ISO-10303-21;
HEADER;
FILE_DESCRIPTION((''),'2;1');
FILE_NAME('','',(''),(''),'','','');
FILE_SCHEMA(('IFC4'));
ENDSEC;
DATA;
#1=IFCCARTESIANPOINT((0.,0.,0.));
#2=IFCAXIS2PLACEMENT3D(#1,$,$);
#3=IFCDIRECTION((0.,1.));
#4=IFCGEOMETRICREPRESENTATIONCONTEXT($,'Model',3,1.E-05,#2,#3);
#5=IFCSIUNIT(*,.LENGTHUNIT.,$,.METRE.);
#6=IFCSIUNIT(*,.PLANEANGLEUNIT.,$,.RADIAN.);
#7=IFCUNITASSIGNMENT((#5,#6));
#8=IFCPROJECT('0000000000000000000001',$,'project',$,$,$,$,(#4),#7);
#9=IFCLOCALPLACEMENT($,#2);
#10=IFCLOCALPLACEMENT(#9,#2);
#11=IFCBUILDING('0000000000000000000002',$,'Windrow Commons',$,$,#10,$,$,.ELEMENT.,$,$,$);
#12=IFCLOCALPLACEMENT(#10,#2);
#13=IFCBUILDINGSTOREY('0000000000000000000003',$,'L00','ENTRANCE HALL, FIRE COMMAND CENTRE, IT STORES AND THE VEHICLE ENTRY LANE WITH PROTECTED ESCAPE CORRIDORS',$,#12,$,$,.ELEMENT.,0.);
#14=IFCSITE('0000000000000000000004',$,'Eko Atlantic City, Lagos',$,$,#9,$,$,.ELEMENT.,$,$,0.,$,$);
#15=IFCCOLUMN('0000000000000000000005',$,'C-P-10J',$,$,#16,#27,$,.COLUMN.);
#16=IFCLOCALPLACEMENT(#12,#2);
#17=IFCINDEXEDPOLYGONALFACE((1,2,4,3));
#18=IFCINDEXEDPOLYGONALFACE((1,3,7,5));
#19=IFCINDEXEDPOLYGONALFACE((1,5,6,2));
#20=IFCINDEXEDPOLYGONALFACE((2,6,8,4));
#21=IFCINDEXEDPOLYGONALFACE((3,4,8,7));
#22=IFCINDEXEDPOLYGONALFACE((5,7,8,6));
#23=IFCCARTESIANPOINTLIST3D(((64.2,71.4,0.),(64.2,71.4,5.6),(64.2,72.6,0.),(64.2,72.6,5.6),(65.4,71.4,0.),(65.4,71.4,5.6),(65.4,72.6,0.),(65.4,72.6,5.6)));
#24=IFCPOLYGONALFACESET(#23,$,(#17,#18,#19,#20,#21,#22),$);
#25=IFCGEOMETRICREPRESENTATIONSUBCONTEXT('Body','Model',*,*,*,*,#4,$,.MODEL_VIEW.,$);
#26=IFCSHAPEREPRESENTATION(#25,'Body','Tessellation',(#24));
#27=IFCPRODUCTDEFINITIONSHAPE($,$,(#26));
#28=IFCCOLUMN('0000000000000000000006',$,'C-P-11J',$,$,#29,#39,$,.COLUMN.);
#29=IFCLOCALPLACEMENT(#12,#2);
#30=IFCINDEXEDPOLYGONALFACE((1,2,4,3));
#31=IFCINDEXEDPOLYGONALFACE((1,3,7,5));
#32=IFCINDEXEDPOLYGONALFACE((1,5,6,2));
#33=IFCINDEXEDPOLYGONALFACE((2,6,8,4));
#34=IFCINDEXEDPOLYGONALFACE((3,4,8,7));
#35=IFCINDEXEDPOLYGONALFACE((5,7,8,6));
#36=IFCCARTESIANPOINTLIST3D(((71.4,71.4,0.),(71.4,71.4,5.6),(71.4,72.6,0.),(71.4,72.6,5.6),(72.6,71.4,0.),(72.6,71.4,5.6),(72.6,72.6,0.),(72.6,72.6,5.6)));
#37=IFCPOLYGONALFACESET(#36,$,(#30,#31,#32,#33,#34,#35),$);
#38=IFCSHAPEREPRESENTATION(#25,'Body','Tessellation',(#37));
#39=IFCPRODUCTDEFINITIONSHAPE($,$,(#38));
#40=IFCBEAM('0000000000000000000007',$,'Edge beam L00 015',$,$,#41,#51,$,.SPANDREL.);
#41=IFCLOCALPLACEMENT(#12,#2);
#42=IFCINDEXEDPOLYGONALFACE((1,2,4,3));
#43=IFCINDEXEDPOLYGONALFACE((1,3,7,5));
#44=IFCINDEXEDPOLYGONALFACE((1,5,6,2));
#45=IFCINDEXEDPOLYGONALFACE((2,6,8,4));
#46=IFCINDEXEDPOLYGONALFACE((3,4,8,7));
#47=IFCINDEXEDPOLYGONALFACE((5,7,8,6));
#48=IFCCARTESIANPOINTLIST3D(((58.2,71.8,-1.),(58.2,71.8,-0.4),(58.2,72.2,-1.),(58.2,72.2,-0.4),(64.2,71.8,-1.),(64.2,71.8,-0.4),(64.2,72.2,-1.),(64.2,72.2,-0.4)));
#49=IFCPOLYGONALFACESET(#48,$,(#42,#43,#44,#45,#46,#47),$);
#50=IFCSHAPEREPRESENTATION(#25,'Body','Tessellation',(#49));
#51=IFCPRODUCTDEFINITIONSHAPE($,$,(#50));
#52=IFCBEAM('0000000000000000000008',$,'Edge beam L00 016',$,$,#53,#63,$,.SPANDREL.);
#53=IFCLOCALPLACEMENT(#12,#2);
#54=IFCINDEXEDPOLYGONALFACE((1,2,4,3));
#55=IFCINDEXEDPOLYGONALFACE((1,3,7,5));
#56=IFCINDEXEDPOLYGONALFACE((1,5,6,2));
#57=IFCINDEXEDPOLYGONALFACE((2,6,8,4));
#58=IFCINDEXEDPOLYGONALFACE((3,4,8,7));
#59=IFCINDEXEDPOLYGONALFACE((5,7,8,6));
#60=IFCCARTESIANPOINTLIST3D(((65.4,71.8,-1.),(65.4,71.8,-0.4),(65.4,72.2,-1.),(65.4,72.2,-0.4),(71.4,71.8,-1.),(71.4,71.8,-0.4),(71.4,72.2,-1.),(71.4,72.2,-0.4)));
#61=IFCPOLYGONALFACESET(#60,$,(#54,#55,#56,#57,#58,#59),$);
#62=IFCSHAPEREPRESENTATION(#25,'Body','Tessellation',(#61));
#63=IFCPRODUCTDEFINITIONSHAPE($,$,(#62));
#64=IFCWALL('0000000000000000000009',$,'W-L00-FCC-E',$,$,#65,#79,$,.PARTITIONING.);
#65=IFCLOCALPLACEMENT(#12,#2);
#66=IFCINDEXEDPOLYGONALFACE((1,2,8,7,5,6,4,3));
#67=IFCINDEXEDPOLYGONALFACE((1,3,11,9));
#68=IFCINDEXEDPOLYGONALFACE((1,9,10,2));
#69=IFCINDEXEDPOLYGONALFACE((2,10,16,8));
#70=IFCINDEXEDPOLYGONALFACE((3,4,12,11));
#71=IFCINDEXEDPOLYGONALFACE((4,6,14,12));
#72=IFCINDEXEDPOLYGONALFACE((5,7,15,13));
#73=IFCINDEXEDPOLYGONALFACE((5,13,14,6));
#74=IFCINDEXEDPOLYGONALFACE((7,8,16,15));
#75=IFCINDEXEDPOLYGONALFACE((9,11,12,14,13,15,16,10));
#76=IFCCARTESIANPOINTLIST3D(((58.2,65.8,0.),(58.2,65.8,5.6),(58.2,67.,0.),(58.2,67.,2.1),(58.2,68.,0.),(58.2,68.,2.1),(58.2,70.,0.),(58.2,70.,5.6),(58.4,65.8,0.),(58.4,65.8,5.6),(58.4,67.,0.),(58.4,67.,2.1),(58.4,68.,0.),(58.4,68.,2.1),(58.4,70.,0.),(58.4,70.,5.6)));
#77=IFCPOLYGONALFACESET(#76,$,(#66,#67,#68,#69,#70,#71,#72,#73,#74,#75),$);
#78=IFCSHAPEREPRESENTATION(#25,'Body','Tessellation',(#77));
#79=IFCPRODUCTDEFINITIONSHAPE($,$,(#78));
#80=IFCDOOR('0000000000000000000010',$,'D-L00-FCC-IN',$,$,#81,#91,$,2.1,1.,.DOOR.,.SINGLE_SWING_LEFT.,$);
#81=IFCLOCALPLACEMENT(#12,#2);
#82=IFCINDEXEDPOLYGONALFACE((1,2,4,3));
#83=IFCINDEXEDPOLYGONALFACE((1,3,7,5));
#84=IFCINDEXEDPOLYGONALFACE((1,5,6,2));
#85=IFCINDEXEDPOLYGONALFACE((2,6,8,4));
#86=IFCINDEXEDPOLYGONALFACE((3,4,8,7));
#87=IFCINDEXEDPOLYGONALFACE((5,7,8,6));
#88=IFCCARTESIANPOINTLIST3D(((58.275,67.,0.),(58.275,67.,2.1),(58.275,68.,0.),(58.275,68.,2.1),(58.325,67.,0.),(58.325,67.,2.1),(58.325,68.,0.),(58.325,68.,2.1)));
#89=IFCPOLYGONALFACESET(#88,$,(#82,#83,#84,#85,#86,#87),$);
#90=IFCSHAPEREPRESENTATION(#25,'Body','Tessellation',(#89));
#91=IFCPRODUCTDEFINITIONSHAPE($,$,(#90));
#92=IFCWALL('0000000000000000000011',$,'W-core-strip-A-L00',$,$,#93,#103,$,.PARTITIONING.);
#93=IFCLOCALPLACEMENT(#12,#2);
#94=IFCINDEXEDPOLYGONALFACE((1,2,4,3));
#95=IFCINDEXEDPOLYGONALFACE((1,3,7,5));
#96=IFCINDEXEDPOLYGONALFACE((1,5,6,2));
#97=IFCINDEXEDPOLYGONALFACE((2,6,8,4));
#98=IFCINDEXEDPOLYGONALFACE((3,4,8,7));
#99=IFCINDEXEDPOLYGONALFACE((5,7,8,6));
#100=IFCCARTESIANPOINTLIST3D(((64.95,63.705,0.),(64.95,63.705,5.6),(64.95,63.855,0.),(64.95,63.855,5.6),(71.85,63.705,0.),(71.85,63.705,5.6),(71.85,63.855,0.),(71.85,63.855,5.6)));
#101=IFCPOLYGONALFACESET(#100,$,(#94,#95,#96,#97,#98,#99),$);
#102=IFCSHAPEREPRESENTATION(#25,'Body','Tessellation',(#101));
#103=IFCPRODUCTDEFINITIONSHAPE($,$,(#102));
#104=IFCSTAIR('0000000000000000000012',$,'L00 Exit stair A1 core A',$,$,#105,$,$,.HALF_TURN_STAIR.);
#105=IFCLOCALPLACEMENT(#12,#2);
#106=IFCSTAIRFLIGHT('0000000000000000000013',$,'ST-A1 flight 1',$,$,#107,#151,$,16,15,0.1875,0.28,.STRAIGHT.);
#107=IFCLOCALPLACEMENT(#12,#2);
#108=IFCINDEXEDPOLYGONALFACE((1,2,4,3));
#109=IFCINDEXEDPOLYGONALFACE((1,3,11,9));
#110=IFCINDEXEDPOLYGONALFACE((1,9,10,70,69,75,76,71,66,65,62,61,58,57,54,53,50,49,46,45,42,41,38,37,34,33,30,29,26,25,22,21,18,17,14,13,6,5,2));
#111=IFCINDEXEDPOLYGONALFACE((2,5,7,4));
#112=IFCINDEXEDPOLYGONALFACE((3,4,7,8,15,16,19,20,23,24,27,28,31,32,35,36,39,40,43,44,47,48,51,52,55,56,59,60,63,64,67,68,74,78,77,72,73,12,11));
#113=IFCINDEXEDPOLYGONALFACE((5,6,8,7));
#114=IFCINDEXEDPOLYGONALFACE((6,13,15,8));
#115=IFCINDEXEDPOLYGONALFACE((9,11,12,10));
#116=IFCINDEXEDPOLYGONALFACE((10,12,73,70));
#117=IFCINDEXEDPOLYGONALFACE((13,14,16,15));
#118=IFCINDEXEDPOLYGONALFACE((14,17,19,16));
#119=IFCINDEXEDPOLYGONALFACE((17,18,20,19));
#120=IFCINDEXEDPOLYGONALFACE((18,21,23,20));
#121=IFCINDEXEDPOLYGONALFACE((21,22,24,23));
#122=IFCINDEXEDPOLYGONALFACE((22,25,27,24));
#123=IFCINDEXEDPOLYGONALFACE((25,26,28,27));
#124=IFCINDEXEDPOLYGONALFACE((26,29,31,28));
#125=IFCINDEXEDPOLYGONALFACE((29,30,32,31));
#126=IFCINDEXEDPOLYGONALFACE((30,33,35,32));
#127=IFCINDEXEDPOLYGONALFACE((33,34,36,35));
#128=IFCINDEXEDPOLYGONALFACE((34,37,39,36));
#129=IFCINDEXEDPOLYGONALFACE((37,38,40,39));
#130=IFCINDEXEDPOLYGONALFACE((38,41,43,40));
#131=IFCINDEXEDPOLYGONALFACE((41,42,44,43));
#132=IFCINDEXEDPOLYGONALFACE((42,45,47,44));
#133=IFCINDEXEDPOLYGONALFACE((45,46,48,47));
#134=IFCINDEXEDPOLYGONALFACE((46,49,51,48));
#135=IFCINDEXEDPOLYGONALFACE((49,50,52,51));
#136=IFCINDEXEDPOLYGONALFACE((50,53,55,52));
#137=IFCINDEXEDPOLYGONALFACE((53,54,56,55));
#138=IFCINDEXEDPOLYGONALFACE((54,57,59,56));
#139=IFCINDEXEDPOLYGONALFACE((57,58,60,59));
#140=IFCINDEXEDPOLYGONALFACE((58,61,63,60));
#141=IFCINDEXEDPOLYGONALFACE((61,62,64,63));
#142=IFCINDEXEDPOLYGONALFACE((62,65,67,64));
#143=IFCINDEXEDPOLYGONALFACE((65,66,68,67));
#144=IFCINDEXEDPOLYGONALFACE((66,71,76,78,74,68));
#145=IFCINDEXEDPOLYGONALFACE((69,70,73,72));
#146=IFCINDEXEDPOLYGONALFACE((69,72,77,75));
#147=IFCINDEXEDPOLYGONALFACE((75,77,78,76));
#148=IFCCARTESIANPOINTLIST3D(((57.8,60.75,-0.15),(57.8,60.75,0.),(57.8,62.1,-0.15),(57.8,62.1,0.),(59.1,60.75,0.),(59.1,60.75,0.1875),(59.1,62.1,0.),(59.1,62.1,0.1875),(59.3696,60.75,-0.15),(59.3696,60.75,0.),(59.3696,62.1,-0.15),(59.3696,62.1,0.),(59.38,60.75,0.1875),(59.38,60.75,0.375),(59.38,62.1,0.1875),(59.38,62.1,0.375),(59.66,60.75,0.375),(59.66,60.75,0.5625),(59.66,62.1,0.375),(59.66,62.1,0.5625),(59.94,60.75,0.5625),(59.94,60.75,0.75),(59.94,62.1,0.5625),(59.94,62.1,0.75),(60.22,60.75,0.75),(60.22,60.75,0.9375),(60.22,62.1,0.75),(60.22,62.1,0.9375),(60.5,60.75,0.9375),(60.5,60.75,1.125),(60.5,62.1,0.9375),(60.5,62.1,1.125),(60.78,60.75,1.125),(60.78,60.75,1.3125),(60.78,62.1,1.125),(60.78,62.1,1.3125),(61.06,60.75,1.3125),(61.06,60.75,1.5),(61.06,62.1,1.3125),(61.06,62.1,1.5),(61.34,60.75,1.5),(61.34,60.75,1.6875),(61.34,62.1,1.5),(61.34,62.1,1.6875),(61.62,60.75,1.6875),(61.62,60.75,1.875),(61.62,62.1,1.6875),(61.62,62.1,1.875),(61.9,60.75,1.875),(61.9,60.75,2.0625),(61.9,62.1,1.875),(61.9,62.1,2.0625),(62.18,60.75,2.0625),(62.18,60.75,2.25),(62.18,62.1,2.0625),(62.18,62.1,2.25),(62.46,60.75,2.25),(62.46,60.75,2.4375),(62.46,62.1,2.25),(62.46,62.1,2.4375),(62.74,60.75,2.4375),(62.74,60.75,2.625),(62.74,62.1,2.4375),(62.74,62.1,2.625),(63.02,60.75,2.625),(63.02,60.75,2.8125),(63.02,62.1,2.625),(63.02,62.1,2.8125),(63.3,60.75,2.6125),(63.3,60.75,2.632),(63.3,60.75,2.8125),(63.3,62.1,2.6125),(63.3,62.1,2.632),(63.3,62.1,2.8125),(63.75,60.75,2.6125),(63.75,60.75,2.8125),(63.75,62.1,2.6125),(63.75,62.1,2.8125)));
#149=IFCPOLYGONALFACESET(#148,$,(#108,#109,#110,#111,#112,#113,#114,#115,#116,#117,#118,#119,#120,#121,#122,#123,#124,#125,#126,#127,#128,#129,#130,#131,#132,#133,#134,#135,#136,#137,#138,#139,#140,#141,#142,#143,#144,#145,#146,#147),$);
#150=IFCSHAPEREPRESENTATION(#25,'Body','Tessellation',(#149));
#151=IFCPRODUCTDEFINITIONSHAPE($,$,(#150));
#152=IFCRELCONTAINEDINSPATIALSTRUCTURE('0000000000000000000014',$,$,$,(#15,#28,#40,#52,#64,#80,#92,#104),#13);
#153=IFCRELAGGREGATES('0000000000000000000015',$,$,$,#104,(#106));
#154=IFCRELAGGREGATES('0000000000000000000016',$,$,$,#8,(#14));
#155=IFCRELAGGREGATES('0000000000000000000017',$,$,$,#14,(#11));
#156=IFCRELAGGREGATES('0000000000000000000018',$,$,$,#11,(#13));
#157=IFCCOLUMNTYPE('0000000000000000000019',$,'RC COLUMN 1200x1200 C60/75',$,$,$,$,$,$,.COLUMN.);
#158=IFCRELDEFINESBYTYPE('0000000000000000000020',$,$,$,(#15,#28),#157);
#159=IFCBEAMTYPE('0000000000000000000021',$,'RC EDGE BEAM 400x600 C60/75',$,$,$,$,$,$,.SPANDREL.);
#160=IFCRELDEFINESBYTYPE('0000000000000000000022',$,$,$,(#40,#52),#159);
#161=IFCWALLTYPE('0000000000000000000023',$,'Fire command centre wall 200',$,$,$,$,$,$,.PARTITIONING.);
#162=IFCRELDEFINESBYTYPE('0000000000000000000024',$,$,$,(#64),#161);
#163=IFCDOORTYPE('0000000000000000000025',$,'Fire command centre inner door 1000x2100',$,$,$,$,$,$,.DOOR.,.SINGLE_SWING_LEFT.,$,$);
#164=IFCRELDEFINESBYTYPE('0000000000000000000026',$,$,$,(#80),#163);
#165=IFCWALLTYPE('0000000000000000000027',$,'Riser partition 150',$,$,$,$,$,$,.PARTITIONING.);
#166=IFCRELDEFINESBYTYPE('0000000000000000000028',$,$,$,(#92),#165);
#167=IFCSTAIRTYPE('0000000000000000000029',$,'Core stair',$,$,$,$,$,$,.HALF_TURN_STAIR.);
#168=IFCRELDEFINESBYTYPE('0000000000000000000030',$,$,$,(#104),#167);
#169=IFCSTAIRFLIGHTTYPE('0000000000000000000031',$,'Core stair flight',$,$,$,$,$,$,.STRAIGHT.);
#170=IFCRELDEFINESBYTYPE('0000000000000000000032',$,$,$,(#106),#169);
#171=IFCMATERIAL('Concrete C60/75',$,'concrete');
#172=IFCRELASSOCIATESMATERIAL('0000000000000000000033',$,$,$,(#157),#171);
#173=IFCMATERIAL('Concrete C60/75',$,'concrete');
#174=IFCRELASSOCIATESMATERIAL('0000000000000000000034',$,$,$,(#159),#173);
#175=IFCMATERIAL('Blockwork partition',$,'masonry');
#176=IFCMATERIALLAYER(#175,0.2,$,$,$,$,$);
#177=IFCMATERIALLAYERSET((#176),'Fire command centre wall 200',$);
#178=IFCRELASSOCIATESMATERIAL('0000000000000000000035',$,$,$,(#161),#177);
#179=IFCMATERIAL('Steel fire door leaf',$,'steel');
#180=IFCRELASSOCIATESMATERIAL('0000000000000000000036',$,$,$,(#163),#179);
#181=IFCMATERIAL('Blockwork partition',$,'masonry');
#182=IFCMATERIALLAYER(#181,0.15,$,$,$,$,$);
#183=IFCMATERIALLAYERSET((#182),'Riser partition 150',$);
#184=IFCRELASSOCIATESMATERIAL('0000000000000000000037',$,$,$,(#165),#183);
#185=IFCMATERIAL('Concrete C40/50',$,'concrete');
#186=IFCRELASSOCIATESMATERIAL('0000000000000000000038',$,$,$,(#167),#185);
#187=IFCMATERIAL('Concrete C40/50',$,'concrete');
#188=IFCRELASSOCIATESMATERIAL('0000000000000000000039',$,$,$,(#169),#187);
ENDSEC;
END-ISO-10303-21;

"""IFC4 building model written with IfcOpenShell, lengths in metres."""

from ifc_helpers import new_model, si_unit, direction, frame, frame_2d, origin, origin_2d, place, context, subcontext, project, spatial, polyline, rectangle, outline, extrude, material, layer, layer_set, material_profile, profile_set, type_object, element, fill, aggregate, save


model = new_model("IFC4")

# Units and contexts
model_context = context("Model", 3, precision=1e-05, world=origin(), true_north=direction((0.0, 1.0)))
body_context = subcontext(model_context, "Body", "Model", "MODEL_VIEW")
ifc_project = project(units=[si_unit("LENGTHUNIT", "METRE"), si_unit("PLANEANGLEUNIT", "RADIAN")], contexts=[model_context])

# Site, building, storey
site_placement = place(None, origin())
site = spatial("IfcSite", under=ifc_project, at=site_placement, Name="Eko Atlantic City, Lagos", CompositionType="ELEMENT", RefElevation=0.0)
building_placement = place(site_placement, origin())
building = spatial("IfcBuilding", under=site, at=building_placement, Name="Windrow Commons", CompositionType="ELEMENT")
storey_placement = place(building_placement, origin())
storey = spatial("IfcBuildingStorey", under=building, at=storey_placement, Name="L00", Description="ENTRANCE HALL, FIRE COMMAND CENTRE, IT STORES AND THE VEHICLE ENTRY LANE WITH PROTECTED ESCAPE CORRIDORS", CompositionType="ELEMENT", Elevation=0.0)

# Columns
ifc_material_1 = material(Name="Concrete C60/75", Category="concrete")
ifc_material_profile_1 = material_profile(ifc_material_1, rectangle(XDim=1.2, YDim=1.2, at=origin_2d()))
ifc_profile_set_1 = profile_set([ifc_material_profile_1], Name="Concrete C60/75")
column_type = type_object("IfcColumnType", Name="RC COLUMN 1200x1200 C60/75", PredefinedType="COLUMN", material=ifc_profile_set_1)
for number, where, z_axis, x_axis, name in (
    (1, (64.8, 72.0, 0.0), (0.0, 0.0, 1.0), (1.0, 0.0, 0.0), "C-P-10J"),
    (2, (72.0, 72.0, 0.0), (0.0, 0.0, 1.0), (1.0, 0.0, 0.0), "C-P-11J"),
):
    element("IfcColumn", number, at=place(storey_placement, frame(where, z_axis=z_axis, x_axis=x_axis)), inside=storey, type_object=column_type, Name=name, PredefinedType="COLUMN", context=body_context, shape_type="SweptSolid", body=[
        extrude(rectangle(XDim=1.2, YDim=1.2, at=origin_2d()), origin(), (0.0, 0.0, 1.0), 5.6),
    ])

# Beams
ifc_material_2 = material(Name="Concrete C60/75", Category="concrete")
ifc_material_profile_2 = material_profile(ifc_material_2, rectangle(XDim=0.4, YDim=0.6, at=origin_2d()))
ifc_profile_set_2 = profile_set([ifc_material_profile_2], Name="Concrete C60/75")
beam_type = type_object("IfcBeamType", Name="RC EDGE BEAM 400x600 C60/75", PredefinedType="SPANDREL", material=ifc_profile_set_2)
for number, where, z_axis, x_axis, name in (
    (3, (58.2, 72.0, -0.7), (1.0, 0.0, 0.0), (0.0, 1.0, 0.0), "Edge beam L00 015"),
    (4, (65.4, 72.0, -0.7), (1.0, 0.0, 0.0), (0.0, 1.0, 0.0), "Edge beam L00 016"),
):
    element("IfcBeam", number, at=place(storey_placement, frame(where, z_axis=z_axis, x_axis=x_axis)), inside=storey, type_object=beam_type, Name=name, PredefinedType="SPANDREL", context=body_context, shape_type="SweptSolid", body=[
        extrude(rectangle(XDim=0.4, YDim=0.6, at=origin_2d()), origin(), (0.0, 0.0, 1.0), 6.0),
    ])

# Wall, opening, door
ifc_material_3 = material(Name="Blockwork partition", Category="masonry")
ifc_layer_1 = layer(ifc_material_3, 0.2)
ifc_layer_set_1 = layer_set([ifc_layer_1], Name="Fire command centre wall 200")
wall_type_1 = type_object("IfcWallType", Name="Fire command centre wall 200", PredefinedType="PARTITIONING", material=ifc_layer_set_1)
wall_1_placement = place(storey_placement, frame((58.3, 65.8, 0.0), z_axis=(0.0, 0.0, 1.0), x_axis=(0.0, 1.0, 0.0)))
wall_1 = element("IfcWall", 5, at=wall_1_placement, inside=storey, type_object=wall_type_1, Name="W-L00-FCC-E", PredefinedType="PARTITIONING", context=body_context, shape_type="SweptSolid", body=[
    extrude(rectangle(XDim=4.2, YDim=0.2, at=frame_2d((2.1, 0.0))), origin(), (0.0, 0.0, 1.0), 5.6),
])
opening_placement = place(wall_1_placement, frame((1.2, 0.0, 0.0)))
opening = element("IfcOpeningElement", 6, at=opening_placement, cuts=wall_1, PredefinedType="OPENING", context=body_context, shape_type="SweptSolid", body=[
    extrude(rectangle(XDim=1.0, YDim=2.1, at=frame_2d((0.5, 1.05))), frame((0.0, 0.11, 0.0), z_axis=(0.0, -1.0, 0.0), x_axis=(1.0, 0.0, 0.0)), (0.0, 0.0, 1.0), 0.22),
])
ifc_material_4 = material(Name="Steel fire door leaf", Category="steel")
door_type = type_object("IfcDoorType", Name="Fire command centre inner door 1000x2100", OperationType="SINGLE_SWING_LEFT", PredefinedType="DOOR", material=ifc_material_4)
door_placement = place(opening_placement, origin())
door = element("IfcDoor", 7, at=door_placement, inside=storey, type_object=door_type, Name="D-L00-FCC-IN", OperationType="SINGLE_SWING_LEFT", OverallHeight=2.1, OverallWidth=1.0, PredefinedType="DOOR", context=body_context, shape_type="SweptSolid", body=[
    extrude(rectangle(XDim=1.0, YDim=2.1, at=frame_2d((0.5, 1.05))), frame((0.0, 0.025, 0.0), z_axis=(0.0, -1.0, 0.0), x_axis=(1.0, 0.0, 0.0)), (0.0, 0.0, 1.0), 0.05),
])
fill(opening, door)

# Wall
ifc_material_5 = material(Name="Blockwork partition", Category="masonry")
ifc_layer_2 = layer(ifc_material_5, 0.15)
ifc_layer_set_2 = layer_set([ifc_layer_2], Name="Riser partition 150")
wall_type_2 = type_object("IfcWallType", Name="Riser partition 150", PredefinedType="PARTITIONING", material=ifc_layer_set_2)
wall_2_placement = place(storey_placement, frame((64.95, 63.78, 0.0), z_axis=(0.0, 0.0, 1.0), x_axis=(1.0, 0.0, 0.0)))
element("IfcWall", 8, at=wall_2_placement, inside=storey, type_object=wall_type_2, Name="W-core-strip-A-L00", PredefinedType="PARTITIONING", context=body_context, shape_type="SweptSolid", body=[
    extrude(rectangle(XDim=6.9, YDim=0.15, at=frame_2d((3.45, 0.0))), origin(), (0.0, 0.0, 1.0), 5.6),
])

# Stair, stair flight
ifc_material_6 = material(Name="Concrete C40/50", Category="concrete")
stair_type = type_object("IfcStairType", Name="Core stair", PredefinedType="HALF_TURN_STAIR", material=ifc_material_6)
placement = place(storey_placement, origin())
stair_1 = element("IfcStair", 9, at=placement, inside=storey, type_object=stair_type, Name="L00 Exit stair A1 core A", PredefinedType="HALF_TURN_STAIR")
ifc_material_7 = material(Name="Concrete C40/50", Category="concrete")
stair_flight_type = type_object("IfcStairFlightType", Name="Core stair flight", PredefinedType="STRAIGHT", material=ifc_material_7)
stair_flight_1_placement = place(storey_placement, frame((59.1, 61.425, 0.0), z_axis=(0.0, 0.0, 1.0), x_axis=(1.0, 0.0, 0.0)))
stair_flight_1 = element("IfcStairFlight", 10, at=stair_flight_1_placement, type_object=stair_flight_type, Name="ST-A1 flight 1", NumberOfRisers=16, NumberOfTreads=15, PredefinedType="STRAIGHT", RiserHeight=0.1875, TreadLength=0.28, context=body_context, shape_type="SweptSolid", body=[
    extrude(outline(polyline([(-1.3, -0.15), (-1.3, 0.0), (0.0, 0.0), (0.0, 0.1875), (0.28, 0.1875), (0.28, 0.375), (0.56, 0.375), (0.56, 0.5625), (0.84, 0.5625), (0.84, 0.75), (1.12, 0.75), (1.12, 0.9375), (1.4, 0.9375), (1.4, 1.125), (1.68, 1.125), (1.68, 1.3125), (1.96, 1.3125), (1.96, 1.5), (2.24, 1.5), (2.24, 1.6875), (2.52, 1.6875), (2.52, 1.875), (2.8, 1.875), (2.8, 2.0625), (3.08, 2.0625), (3.08, 2.25), (3.36, 2.25), (3.36, 2.4375), (3.64, 2.4375), (3.64, 2.625), (3.92, 2.625), (3.92, 2.8125), (4.2, 2.8125), (4.65, 2.8125), (4.65, 2.6125), (4.2, 2.6125), (4.2, 2.632), (0.2696, 0.0), (0.2696, -0.15), (-1.3, -0.15)])), frame((0.0, 0.675, 0.0), z_axis=(0.0, -1.0, 0.0), x_axis=(1.0, 0.0, 0.0)), (0.0, 0.0, 1.0), 1.35),
])
aggregate(stair_1, [stair_flight_1])

save(model, "model.ifc")
